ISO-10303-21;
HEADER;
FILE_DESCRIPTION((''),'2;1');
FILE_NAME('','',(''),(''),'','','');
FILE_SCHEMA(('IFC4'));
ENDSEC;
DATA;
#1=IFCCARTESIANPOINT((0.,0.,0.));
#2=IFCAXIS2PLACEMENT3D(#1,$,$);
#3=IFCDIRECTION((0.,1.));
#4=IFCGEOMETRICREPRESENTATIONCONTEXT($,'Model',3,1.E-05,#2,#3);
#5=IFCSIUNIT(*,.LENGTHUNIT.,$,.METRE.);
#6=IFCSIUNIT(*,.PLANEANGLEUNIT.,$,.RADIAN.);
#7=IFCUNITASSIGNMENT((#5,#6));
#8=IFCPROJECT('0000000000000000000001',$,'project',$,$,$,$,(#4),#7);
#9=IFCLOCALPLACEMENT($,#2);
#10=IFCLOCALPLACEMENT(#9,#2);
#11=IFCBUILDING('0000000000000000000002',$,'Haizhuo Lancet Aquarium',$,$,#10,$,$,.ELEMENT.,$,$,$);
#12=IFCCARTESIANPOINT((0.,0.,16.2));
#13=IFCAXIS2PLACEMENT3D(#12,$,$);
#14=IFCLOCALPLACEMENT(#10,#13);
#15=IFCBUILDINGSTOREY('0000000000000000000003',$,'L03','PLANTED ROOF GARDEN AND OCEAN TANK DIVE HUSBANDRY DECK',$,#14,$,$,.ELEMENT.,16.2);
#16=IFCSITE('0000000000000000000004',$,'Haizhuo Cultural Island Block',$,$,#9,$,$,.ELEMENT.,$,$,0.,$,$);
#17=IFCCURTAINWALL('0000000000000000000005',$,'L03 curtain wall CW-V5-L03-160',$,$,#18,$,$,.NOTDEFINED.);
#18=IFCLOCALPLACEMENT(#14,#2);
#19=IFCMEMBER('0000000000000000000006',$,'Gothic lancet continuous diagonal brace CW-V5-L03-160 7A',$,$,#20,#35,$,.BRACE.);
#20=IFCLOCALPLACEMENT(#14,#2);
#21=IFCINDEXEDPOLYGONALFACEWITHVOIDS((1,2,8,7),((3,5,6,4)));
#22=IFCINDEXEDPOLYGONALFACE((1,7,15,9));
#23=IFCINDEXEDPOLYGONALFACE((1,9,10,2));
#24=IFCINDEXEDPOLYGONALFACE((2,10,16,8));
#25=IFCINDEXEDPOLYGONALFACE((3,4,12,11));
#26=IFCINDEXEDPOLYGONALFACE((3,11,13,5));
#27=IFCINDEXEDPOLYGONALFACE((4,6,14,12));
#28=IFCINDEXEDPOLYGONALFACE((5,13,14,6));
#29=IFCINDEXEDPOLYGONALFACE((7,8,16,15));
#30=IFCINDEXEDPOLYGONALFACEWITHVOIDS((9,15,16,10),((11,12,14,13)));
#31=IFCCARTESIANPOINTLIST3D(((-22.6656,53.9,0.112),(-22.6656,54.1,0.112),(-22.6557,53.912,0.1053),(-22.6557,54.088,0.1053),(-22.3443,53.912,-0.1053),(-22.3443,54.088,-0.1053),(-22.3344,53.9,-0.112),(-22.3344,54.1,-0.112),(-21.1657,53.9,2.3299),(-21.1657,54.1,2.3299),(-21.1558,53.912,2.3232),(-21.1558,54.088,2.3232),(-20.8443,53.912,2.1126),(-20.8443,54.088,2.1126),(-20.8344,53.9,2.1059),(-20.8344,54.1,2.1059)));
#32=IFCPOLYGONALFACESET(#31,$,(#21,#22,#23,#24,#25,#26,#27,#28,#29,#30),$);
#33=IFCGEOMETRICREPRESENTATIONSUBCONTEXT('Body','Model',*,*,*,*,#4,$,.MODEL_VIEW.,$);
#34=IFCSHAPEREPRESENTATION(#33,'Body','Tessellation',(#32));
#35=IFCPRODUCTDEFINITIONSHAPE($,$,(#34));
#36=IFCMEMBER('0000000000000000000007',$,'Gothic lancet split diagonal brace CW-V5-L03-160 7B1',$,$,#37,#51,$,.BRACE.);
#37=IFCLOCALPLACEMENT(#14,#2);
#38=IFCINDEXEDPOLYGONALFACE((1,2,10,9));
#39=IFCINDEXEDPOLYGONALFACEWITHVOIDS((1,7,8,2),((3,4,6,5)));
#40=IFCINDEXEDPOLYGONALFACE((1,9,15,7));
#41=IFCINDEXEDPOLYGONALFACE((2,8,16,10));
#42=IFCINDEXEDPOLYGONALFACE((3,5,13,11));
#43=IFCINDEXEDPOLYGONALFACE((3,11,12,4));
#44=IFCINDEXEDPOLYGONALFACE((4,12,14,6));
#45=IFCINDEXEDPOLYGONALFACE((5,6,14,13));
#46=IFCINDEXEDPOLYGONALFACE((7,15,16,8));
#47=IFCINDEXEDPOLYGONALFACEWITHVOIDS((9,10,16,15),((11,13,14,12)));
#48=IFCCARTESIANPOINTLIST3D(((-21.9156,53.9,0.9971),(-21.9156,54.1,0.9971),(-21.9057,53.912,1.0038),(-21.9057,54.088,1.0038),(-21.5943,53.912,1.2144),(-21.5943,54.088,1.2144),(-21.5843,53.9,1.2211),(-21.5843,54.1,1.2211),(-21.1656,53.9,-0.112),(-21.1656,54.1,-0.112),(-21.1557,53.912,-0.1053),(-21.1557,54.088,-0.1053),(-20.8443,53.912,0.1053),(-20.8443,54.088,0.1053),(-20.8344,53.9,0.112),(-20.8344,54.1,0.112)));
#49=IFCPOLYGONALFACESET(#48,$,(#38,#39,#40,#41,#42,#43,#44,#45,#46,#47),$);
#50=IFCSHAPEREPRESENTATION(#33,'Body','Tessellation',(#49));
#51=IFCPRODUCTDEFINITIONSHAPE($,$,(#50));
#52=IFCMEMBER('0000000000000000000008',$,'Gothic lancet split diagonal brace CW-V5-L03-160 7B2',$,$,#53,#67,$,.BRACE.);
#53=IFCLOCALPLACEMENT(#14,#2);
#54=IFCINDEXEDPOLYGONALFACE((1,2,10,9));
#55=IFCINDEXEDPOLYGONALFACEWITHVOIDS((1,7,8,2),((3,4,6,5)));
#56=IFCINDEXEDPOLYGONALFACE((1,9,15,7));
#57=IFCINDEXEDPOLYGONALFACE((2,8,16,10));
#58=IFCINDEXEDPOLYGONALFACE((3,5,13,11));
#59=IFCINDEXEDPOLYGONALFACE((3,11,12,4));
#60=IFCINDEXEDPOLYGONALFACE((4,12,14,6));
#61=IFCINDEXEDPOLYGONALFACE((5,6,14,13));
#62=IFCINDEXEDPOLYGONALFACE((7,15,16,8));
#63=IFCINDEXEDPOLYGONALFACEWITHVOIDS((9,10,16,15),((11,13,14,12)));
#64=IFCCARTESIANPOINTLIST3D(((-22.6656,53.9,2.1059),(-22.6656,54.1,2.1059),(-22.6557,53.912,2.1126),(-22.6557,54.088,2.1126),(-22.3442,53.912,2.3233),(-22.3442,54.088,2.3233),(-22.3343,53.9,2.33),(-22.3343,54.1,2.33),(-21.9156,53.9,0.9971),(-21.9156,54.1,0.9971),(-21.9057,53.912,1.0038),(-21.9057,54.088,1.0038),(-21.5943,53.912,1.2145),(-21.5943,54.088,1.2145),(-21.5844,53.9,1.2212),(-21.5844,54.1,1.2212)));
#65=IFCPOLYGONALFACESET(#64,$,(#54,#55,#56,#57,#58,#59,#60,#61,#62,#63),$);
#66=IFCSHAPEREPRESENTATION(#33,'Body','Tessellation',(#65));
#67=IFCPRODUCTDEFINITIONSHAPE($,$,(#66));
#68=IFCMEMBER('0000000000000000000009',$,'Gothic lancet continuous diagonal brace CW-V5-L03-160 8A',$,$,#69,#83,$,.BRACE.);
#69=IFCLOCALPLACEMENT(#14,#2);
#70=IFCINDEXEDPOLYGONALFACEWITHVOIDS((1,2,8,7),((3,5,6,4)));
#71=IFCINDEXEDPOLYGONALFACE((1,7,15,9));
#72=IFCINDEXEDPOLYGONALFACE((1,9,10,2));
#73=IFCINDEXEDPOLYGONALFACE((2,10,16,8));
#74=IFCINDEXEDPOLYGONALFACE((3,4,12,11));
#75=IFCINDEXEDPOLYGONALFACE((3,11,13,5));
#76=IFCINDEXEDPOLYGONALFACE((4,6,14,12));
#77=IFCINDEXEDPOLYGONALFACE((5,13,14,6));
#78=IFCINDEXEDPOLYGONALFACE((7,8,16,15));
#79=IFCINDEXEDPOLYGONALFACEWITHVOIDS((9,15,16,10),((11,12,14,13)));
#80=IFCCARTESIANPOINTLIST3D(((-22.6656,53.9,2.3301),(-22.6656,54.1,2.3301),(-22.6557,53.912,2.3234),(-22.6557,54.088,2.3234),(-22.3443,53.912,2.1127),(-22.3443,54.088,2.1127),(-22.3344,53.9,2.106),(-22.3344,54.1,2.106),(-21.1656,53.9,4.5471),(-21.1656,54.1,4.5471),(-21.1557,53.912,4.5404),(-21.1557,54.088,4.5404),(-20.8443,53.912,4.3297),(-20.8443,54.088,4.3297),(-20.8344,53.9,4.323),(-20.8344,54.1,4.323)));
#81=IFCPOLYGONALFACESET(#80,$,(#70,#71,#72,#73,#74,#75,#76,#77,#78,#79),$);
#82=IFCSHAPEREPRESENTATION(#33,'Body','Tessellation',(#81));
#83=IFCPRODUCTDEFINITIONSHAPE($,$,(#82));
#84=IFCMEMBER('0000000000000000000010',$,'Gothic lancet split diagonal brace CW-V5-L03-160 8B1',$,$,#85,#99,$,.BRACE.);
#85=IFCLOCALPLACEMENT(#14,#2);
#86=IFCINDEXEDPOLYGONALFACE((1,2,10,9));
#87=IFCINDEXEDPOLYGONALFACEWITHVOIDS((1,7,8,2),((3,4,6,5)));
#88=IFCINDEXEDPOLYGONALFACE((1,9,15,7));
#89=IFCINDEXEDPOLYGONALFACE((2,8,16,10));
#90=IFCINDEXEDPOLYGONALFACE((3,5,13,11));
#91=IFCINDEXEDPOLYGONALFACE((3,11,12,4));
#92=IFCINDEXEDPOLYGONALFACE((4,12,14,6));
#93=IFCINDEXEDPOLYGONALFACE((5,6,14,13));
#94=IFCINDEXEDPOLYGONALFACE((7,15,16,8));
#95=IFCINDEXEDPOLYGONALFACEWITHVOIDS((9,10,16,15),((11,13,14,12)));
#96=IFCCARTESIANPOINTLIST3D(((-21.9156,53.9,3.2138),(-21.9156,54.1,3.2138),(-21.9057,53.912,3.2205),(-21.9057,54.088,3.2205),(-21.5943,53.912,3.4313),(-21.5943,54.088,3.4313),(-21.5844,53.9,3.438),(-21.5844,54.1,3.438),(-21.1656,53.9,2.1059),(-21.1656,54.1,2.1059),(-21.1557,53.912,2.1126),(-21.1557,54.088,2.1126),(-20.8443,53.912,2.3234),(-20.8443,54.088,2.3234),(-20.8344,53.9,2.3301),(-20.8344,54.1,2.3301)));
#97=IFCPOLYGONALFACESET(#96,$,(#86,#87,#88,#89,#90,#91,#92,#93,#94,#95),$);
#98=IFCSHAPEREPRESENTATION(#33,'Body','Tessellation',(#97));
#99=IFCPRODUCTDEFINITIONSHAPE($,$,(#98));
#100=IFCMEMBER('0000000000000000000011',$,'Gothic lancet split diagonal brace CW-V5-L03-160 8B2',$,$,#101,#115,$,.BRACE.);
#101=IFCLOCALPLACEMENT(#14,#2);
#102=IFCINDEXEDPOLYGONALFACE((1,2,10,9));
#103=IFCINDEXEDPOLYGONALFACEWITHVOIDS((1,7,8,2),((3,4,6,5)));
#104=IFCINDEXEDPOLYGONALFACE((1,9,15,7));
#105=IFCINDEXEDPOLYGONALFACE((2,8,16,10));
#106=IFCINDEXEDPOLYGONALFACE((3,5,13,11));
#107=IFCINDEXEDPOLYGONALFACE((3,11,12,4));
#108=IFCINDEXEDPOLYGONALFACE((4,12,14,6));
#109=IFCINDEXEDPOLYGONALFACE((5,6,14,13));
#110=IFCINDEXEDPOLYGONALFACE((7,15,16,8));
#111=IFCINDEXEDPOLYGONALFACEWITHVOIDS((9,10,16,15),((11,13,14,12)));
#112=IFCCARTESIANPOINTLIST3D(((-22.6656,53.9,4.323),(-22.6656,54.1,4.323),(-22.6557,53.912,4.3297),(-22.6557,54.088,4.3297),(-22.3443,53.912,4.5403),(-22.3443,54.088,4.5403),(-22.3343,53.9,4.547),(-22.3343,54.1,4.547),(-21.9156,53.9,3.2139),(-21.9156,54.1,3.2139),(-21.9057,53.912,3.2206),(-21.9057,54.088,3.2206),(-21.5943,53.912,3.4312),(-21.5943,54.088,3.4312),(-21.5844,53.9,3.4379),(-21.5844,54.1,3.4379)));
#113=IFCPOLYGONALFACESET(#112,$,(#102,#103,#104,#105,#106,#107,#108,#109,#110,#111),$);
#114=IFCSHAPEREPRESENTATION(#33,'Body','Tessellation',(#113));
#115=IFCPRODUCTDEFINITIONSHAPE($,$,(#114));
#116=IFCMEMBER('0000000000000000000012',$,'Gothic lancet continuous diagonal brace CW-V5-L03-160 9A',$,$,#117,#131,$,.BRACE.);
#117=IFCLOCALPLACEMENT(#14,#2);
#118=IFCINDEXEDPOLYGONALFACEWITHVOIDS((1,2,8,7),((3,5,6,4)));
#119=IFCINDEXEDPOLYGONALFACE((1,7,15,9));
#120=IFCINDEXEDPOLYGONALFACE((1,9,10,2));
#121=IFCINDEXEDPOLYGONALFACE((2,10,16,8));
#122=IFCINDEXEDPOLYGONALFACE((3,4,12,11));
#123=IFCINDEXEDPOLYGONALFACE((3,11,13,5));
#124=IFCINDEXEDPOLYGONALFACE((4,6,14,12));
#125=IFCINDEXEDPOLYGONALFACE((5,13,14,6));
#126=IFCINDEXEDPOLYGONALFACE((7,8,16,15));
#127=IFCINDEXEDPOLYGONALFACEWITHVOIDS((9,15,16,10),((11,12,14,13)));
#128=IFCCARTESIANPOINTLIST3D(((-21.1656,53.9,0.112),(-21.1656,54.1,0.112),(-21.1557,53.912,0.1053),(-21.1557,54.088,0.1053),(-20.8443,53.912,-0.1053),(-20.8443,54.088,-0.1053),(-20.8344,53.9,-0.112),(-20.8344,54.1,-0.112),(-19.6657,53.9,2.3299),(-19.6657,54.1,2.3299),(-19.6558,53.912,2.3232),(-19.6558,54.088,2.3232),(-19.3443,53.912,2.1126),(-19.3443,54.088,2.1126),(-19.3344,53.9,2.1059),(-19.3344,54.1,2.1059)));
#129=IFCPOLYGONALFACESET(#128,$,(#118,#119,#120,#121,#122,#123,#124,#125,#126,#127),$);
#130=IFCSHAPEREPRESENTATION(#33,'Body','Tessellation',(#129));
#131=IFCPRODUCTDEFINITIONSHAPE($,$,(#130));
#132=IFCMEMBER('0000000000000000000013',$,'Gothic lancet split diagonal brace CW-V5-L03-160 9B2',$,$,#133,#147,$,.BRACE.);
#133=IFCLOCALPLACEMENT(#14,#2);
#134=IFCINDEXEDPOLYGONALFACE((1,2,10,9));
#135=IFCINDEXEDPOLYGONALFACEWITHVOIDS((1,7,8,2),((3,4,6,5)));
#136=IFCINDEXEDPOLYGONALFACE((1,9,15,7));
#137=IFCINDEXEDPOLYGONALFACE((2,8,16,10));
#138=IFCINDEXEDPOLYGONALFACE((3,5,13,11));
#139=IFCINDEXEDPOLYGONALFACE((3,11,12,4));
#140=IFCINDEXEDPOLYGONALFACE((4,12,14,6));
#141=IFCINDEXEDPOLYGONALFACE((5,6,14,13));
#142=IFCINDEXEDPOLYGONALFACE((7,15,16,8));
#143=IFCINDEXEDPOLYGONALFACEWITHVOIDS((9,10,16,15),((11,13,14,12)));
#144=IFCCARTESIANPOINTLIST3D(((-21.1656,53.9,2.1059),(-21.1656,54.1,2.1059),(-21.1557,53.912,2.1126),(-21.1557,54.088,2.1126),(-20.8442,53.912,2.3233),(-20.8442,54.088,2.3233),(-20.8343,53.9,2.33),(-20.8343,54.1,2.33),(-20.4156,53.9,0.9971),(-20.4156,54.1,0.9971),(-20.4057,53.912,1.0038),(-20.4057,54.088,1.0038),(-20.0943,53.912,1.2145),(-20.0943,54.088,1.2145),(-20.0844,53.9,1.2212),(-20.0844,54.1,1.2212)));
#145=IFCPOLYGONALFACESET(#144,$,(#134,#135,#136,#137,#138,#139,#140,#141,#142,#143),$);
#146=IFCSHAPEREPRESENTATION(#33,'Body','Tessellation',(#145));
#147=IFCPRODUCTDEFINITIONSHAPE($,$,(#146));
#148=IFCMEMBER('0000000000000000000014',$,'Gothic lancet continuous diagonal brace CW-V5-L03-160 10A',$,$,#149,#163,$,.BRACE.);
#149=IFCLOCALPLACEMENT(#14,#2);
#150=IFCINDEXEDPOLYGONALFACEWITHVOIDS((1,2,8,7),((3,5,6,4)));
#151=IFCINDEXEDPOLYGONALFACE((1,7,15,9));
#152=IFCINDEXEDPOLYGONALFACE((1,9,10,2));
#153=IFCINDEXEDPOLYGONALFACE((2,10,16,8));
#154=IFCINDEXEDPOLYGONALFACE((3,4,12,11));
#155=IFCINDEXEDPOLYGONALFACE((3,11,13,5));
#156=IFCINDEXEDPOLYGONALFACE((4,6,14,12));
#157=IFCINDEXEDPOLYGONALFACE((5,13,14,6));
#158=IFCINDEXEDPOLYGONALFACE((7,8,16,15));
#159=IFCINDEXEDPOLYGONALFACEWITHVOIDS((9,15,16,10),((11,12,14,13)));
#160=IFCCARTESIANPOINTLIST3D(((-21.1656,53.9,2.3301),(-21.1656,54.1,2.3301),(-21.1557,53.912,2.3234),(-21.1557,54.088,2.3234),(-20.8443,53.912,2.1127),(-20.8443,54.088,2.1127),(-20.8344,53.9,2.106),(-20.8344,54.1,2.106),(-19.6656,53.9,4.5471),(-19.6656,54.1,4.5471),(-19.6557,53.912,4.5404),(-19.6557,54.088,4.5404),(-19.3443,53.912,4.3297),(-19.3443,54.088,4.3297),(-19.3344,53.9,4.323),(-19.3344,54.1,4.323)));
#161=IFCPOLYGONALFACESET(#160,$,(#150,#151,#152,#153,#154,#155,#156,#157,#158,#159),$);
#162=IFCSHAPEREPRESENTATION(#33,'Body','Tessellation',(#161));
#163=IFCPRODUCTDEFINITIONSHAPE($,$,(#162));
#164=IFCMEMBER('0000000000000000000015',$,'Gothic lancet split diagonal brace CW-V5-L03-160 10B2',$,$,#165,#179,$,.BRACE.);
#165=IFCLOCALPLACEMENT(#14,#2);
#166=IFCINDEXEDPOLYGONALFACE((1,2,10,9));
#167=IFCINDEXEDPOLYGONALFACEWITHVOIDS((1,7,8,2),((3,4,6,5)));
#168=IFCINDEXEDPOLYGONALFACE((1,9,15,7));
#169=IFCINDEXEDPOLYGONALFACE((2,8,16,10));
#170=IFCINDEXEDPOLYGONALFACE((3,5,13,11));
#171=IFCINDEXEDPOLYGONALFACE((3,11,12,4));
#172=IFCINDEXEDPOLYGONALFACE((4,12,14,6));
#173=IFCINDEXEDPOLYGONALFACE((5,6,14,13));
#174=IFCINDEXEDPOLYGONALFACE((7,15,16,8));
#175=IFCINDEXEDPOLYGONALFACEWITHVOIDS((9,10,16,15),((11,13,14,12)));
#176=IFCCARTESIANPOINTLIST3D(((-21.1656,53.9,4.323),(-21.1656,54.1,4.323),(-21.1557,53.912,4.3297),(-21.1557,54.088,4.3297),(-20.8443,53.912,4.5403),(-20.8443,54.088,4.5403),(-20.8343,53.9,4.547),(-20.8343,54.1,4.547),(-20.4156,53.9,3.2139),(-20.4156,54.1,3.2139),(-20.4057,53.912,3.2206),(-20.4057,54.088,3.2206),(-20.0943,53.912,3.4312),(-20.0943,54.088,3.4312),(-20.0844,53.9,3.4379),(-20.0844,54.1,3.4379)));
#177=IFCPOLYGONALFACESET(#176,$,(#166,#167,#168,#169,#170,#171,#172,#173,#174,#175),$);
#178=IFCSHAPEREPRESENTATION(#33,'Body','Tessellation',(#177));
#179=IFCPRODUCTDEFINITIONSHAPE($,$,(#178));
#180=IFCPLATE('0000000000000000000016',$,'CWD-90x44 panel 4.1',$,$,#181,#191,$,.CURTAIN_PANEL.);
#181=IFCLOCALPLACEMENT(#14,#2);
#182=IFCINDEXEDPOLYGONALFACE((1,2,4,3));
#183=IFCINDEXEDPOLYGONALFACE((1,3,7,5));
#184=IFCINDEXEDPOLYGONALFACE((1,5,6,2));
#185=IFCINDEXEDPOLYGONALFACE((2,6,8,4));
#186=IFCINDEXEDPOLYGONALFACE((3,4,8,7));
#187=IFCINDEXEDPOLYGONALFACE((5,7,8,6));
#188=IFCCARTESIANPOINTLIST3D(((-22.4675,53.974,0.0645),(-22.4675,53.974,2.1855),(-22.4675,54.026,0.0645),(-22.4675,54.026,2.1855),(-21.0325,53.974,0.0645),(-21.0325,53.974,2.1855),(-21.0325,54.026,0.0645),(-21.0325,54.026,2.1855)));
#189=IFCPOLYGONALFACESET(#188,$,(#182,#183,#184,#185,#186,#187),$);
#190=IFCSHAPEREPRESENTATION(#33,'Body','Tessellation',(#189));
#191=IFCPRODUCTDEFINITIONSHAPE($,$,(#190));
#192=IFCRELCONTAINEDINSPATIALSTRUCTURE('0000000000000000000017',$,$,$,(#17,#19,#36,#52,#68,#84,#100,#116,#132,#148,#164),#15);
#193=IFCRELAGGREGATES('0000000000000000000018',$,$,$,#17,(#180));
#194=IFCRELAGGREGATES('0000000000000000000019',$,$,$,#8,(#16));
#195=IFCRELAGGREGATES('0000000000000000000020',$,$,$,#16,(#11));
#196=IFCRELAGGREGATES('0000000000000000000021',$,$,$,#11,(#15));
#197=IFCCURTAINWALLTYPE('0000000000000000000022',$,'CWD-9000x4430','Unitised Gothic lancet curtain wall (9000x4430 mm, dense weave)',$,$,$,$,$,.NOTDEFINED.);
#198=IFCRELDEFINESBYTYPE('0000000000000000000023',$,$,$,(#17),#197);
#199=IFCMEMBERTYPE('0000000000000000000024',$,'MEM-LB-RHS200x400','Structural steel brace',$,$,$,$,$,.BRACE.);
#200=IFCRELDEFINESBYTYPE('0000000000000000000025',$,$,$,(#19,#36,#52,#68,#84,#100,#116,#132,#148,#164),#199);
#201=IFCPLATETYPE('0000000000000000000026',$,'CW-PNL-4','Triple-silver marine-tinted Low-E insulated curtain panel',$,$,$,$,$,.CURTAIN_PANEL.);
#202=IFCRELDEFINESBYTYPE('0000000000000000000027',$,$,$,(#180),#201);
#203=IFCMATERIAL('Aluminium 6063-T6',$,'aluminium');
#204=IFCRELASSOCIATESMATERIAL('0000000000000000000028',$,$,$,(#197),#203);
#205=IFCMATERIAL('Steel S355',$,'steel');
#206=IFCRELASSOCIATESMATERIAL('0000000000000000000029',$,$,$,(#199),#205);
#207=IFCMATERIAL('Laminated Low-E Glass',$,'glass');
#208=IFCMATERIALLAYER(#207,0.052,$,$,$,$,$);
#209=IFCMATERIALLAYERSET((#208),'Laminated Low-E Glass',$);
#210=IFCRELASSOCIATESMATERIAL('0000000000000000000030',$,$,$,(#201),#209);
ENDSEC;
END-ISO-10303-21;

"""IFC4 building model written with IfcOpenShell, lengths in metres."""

from ifc_helpers import new_model, si_unit, direction, frame, origin, origin_2d, place, context, subcontext, project, spatial, rectangle, hollow_rectangle, extrude, material, layer, layer_set, material_profile, profile_set, type_object, element, aggregate, save


model = new_model("IFC4")

# Units and contexts
model_context = context("Model", 3, precision=1e-05, world=origin(), true_north=direction((0.0, 1.0)))
body_context = subcontext(model_context, "Body", "Model", "MODEL_VIEW")
ifc_project = project(units=[si_unit("LENGTHUNIT", "METRE"), si_unit("PLANEANGLEUNIT", "RADIAN")], contexts=[model_context])

# Site, building, storey
site_placement = place(None, origin())
site = spatial("IfcSite", under=ifc_project, at=site_placement, Name="Haizhuo Cultural Island Block", CompositionType="ELEMENT", RefElevation=0.0)
building_placement = place(site_placement, origin())
building = spatial("IfcBuilding", under=site, at=building_placement, Name="Haizhuo Lancet Aquarium", CompositionType="ELEMENT")
storey_placement = place(building_placement, frame((0.0, 0.0, 16.2)))
storey = spatial("IfcBuildingStorey", under=building, at=storey_placement, Name="L03", Description="PLANTED ROOF GARDEN AND OCEAN TANK DIVE HUSBANDRY DECK", CompositionType="ELEMENT", Elevation=16.2)

# Curtain wall
ifc_material_1 = material(Name="Aluminium 6063-T6", Category="aluminium")
curtain_wall_type = type_object("IfcCurtainWallType", Name="CWD-9000x4430", Description="Unitised Gothic lancet curtain wall (9000x4430 mm, dense weave)", PredefinedType="NOTDEFINED", material=ifc_material_1)
curtain_wall_placement = place(storey_placement, origin())
curtain_wall = element("IfcCurtainWall", 1, at=curtain_wall_placement, inside=storey, type_object=curtain_wall_type, Name="L03 curtain wall CW-V5-L03-160", PredefinedType="NOTDEFINED")

# Members
ifc_material_2 = material(Name="Steel S355", Category="steel")
ifc_material_profile_1 = material_profile(ifc_material_2, hollow_rectangle(XDim=0.2, YDim=0.3999, WallThickness=0.012, at=origin_2d()), Name="RHS 200x400x12")
ifc_profile_set_1 = profile_set([ifc_material_profile_1], Name="Steel S355")
member_type_1 = type_object("IfcMemberType", Name="MEM-LB-RHS200x400", Description="Structural steel brace", PredefinedType="BRACE", material=ifc_profile_set_1)
member_1_placement = place(storey_placement, frame((-22.5, 54.0, 0.0), z_axis=(0.560201, 0.0, 0.828357), x_axis=(0.0, 1.0, 0.0)))
element("IfcMember", 2, at=member_1_placement, inside=storey, type_object=member_type_1, Name="Gothic lancet continuous diagonal brace CW-V5-L03-160 7A", PredefinedType="BRACE", context=body_context, shape_type="SweptSolid", body=[
    extrude(hollow_rectangle(XDim=0.2, YDim=0.3999, WallThickness=0.012, at=origin_2d()), origin(), (0.0, 0.0, 1.0), 2.6775),
])
member_2_placement = place(storey_placement, frame((-21.0, 54.0, 0.0), z_axis=(-0.560159, 0.0, 0.828385), x_axis=(0.0, -1.0, 0.0)))
element("IfcMember", 3, at=member_2_placement, inside=storey, type_object=member_type_1, Name="Gothic lancet split diagonal brace CW-V5-L03-160 7B1", PredefinedType="BRACE", context=body_context, shape_type="SweptSolid", body=[
    extrude(hollow_rectangle(XDim=0.2, YDim=0.3999, WallThickness=0.012, at=origin_2d()), origin(), (0.0, 0.0, 1.0), 1.3389),
])
member_3_placement = place(storey_placement, frame((-21.75, 54.0, 1.1091), z_axis=(-0.560243, 0.0, 0.828328), x_axis=(0.0, -1.0, 0.0)))
element("IfcMember", 4, at=member_3_placement, inside=storey, type_object=member_type_1, Name="Gothic lancet split diagonal brace CW-V5-L03-160 7B2", PredefinedType="BRACE", context=body_context, shape_type="SweptSolid", body=[
    extrude(hollow_rectangle(XDim=0.2, YDim=0.3999, WallThickness=0.012, at=origin_2d()), origin(), (0.0, 0.0, 1.0), 1.3386),
])
member_4_placement = place(storey_placement, frame((-22.5, 54.0, 2.218), z_axis=(0.56037, 0.0, 0.828242), x_axis=(0.0, 1.0, 0.0)))
element("IfcMember", 5, at=member_4_placement, inside=storey, type_object=member_type_1, Name="Gothic lancet continuous diagonal brace CW-V5-L03-160 8A", PredefinedType="BRACE", context=body_context, shape_type="SweptSolid", body=[
    extrude(hollow_rectangle(XDim=0.2, YDim=0.3999, WallThickness=0.012, at=origin_2d()), origin(), (0.0, 0.0, 1.0), 2.6768),
])
member_5_placement = place(storey_placement, frame((-21.0, 54.0, 2.218), z_axis=(-0.560582, 0.0, 0.828099), x_axis=(0.0, -1.0, 0.0)))
element("IfcMember", 6, at=member_5_placement, inside=storey, type_object=member_type_1, Name="Gothic lancet split diagonal brace CW-V5-L03-160 8B1", PredefinedType="BRACE", context=body_context, shape_type="SweptSolid", body=[
    extrude(hollow_rectangle(XDim=0.2, YDim=0.3999, WallThickness=0.012, at=origin_2d()), origin(), (0.0, 0.0, 1.0), 1.3379),
])
member_6_placement = place(storey_placement, frame((-21.75, 54.0, 3.3259), z_axis=(-0.560159, 0.0, 0.828385), x_axis=(0.0, -1.0, 0.0)))
element("IfcMember", 7, at=member_6_placement, inside=storey, type_object=member_type_1, Name="Gothic lancet split diagonal brace CW-V5-L03-160 8B2", PredefinedType="BRACE", context=body_context, shape_type="SweptSolid", body=[
    extrude(hollow_rectangle(XDim=0.2, YDim=0.3999, WallThickness=0.012, at=origin_2d()), origin(), (0.0, 0.0, 1.0), 1.3389),
])
member_7_placement = place(storey_placement, frame((-21.0, 54.0, 0.0), z_axis=(0.560201, 0.0, 0.828357), x_axis=(0.0, 1.0, 0.0)))
element("IfcMember", 8, at=member_7_placement, inside=storey, type_object=member_type_1, Name="Gothic lancet continuous diagonal brace CW-V5-L03-160 9A", PredefinedType="BRACE", context=body_context, shape_type="SweptSolid", body=[
    extrude(hollow_rectangle(XDim=0.2, YDim=0.3999, WallThickness=0.012, at=origin_2d()), origin(), (0.0, 0.0, 1.0), 2.6775),
])
member_8_placement = place(storey_placement, frame((-20.25, 54.0, 1.1091), z_axis=(-0.560243, 0.0, 0.828328), x_axis=(0.0, -1.0, 0.0)))
element("IfcMember", 9, at=member_8_placement, inside=storey, type_object=member_type_1, Name="Gothic lancet split diagonal brace CW-V5-L03-160 9B2", PredefinedType="BRACE", context=body_context, shape_type="SweptSolid", body=[
    extrude(hollow_rectangle(XDim=0.2, YDim=0.3999, WallThickness=0.012, at=origin_2d()), origin(), (0.0, 0.0, 1.0), 1.3386),
])
member_9_placement = place(storey_placement, frame((-21.0, 54.0, 2.218), z_axis=(0.56037, 0.0, 0.828242), x_axis=(0.0, 1.0, 0.0)))
element("IfcMember", 10, at=member_9_placement, inside=storey, type_object=member_type_1, Name="Gothic lancet continuous diagonal brace CW-V5-L03-160 10A", PredefinedType="BRACE", context=body_context, shape_type="SweptSolid", body=[
    extrude(hollow_rectangle(XDim=0.2, YDim=0.3999, WallThickness=0.012, at=origin_2d()), origin(), (0.0, 0.0, 1.0), 2.6768),
])
member_10_placement = place(storey_placement, frame((-20.25, 54.0, 3.3259), z_axis=(-0.560159, 0.0, 0.828385), x_axis=(0.0, -1.0, 0.0)))
element("IfcMember", 11, at=member_10_placement, inside=storey, type_object=member_type_1, Name="Gothic lancet split diagonal brace CW-V5-L03-160 10B2", PredefinedType="BRACE", context=body_context, shape_type="SweptSolid", body=[
    extrude(hollow_rectangle(XDim=0.2, YDim=0.3999, WallThickness=0.012, at=origin_2d()), origin(), (0.0, 0.0, 1.0), 1.3389),
])

# Plate
ifc_material_3 = material(Name="Laminated Low-E Glass", Category="glass")
ifc_layer = layer(ifc_material_3, 0.052)
ifc_layer_set = layer_set([ifc_layer], Name="Laminated Low-E Glass")
plate_type = type_object("IfcPlateType", Name="CW-PNL-4", Description="Triple-silver marine-tinted Low-E insulated curtain panel", PredefinedType="CURTAIN_PANEL", material=ifc_layer_set)
plate_1_placement = place(storey_placement, frame((-21.75, 54.0, 0.0645), z_axis=(0.0, 0.0, 1.0), x_axis=(1.0, 0.0, 0.0)))
plate_1 = element("IfcPlate", 12, at=plate_1_placement, type_object=plate_type, Name="CWD-90x44 panel 4.1", PredefinedType="CURTAIN_PANEL", context=body_context, shape_type="SweptSolid", body=[
    extrude(rectangle(XDim=1.4351, YDim=0.052, at=origin_2d()), origin(), (0.0, 0.0, 1.0), 2.1211),
])
aggregate(curtain_wall, [plate_1])

save(model, "model.ifc")
